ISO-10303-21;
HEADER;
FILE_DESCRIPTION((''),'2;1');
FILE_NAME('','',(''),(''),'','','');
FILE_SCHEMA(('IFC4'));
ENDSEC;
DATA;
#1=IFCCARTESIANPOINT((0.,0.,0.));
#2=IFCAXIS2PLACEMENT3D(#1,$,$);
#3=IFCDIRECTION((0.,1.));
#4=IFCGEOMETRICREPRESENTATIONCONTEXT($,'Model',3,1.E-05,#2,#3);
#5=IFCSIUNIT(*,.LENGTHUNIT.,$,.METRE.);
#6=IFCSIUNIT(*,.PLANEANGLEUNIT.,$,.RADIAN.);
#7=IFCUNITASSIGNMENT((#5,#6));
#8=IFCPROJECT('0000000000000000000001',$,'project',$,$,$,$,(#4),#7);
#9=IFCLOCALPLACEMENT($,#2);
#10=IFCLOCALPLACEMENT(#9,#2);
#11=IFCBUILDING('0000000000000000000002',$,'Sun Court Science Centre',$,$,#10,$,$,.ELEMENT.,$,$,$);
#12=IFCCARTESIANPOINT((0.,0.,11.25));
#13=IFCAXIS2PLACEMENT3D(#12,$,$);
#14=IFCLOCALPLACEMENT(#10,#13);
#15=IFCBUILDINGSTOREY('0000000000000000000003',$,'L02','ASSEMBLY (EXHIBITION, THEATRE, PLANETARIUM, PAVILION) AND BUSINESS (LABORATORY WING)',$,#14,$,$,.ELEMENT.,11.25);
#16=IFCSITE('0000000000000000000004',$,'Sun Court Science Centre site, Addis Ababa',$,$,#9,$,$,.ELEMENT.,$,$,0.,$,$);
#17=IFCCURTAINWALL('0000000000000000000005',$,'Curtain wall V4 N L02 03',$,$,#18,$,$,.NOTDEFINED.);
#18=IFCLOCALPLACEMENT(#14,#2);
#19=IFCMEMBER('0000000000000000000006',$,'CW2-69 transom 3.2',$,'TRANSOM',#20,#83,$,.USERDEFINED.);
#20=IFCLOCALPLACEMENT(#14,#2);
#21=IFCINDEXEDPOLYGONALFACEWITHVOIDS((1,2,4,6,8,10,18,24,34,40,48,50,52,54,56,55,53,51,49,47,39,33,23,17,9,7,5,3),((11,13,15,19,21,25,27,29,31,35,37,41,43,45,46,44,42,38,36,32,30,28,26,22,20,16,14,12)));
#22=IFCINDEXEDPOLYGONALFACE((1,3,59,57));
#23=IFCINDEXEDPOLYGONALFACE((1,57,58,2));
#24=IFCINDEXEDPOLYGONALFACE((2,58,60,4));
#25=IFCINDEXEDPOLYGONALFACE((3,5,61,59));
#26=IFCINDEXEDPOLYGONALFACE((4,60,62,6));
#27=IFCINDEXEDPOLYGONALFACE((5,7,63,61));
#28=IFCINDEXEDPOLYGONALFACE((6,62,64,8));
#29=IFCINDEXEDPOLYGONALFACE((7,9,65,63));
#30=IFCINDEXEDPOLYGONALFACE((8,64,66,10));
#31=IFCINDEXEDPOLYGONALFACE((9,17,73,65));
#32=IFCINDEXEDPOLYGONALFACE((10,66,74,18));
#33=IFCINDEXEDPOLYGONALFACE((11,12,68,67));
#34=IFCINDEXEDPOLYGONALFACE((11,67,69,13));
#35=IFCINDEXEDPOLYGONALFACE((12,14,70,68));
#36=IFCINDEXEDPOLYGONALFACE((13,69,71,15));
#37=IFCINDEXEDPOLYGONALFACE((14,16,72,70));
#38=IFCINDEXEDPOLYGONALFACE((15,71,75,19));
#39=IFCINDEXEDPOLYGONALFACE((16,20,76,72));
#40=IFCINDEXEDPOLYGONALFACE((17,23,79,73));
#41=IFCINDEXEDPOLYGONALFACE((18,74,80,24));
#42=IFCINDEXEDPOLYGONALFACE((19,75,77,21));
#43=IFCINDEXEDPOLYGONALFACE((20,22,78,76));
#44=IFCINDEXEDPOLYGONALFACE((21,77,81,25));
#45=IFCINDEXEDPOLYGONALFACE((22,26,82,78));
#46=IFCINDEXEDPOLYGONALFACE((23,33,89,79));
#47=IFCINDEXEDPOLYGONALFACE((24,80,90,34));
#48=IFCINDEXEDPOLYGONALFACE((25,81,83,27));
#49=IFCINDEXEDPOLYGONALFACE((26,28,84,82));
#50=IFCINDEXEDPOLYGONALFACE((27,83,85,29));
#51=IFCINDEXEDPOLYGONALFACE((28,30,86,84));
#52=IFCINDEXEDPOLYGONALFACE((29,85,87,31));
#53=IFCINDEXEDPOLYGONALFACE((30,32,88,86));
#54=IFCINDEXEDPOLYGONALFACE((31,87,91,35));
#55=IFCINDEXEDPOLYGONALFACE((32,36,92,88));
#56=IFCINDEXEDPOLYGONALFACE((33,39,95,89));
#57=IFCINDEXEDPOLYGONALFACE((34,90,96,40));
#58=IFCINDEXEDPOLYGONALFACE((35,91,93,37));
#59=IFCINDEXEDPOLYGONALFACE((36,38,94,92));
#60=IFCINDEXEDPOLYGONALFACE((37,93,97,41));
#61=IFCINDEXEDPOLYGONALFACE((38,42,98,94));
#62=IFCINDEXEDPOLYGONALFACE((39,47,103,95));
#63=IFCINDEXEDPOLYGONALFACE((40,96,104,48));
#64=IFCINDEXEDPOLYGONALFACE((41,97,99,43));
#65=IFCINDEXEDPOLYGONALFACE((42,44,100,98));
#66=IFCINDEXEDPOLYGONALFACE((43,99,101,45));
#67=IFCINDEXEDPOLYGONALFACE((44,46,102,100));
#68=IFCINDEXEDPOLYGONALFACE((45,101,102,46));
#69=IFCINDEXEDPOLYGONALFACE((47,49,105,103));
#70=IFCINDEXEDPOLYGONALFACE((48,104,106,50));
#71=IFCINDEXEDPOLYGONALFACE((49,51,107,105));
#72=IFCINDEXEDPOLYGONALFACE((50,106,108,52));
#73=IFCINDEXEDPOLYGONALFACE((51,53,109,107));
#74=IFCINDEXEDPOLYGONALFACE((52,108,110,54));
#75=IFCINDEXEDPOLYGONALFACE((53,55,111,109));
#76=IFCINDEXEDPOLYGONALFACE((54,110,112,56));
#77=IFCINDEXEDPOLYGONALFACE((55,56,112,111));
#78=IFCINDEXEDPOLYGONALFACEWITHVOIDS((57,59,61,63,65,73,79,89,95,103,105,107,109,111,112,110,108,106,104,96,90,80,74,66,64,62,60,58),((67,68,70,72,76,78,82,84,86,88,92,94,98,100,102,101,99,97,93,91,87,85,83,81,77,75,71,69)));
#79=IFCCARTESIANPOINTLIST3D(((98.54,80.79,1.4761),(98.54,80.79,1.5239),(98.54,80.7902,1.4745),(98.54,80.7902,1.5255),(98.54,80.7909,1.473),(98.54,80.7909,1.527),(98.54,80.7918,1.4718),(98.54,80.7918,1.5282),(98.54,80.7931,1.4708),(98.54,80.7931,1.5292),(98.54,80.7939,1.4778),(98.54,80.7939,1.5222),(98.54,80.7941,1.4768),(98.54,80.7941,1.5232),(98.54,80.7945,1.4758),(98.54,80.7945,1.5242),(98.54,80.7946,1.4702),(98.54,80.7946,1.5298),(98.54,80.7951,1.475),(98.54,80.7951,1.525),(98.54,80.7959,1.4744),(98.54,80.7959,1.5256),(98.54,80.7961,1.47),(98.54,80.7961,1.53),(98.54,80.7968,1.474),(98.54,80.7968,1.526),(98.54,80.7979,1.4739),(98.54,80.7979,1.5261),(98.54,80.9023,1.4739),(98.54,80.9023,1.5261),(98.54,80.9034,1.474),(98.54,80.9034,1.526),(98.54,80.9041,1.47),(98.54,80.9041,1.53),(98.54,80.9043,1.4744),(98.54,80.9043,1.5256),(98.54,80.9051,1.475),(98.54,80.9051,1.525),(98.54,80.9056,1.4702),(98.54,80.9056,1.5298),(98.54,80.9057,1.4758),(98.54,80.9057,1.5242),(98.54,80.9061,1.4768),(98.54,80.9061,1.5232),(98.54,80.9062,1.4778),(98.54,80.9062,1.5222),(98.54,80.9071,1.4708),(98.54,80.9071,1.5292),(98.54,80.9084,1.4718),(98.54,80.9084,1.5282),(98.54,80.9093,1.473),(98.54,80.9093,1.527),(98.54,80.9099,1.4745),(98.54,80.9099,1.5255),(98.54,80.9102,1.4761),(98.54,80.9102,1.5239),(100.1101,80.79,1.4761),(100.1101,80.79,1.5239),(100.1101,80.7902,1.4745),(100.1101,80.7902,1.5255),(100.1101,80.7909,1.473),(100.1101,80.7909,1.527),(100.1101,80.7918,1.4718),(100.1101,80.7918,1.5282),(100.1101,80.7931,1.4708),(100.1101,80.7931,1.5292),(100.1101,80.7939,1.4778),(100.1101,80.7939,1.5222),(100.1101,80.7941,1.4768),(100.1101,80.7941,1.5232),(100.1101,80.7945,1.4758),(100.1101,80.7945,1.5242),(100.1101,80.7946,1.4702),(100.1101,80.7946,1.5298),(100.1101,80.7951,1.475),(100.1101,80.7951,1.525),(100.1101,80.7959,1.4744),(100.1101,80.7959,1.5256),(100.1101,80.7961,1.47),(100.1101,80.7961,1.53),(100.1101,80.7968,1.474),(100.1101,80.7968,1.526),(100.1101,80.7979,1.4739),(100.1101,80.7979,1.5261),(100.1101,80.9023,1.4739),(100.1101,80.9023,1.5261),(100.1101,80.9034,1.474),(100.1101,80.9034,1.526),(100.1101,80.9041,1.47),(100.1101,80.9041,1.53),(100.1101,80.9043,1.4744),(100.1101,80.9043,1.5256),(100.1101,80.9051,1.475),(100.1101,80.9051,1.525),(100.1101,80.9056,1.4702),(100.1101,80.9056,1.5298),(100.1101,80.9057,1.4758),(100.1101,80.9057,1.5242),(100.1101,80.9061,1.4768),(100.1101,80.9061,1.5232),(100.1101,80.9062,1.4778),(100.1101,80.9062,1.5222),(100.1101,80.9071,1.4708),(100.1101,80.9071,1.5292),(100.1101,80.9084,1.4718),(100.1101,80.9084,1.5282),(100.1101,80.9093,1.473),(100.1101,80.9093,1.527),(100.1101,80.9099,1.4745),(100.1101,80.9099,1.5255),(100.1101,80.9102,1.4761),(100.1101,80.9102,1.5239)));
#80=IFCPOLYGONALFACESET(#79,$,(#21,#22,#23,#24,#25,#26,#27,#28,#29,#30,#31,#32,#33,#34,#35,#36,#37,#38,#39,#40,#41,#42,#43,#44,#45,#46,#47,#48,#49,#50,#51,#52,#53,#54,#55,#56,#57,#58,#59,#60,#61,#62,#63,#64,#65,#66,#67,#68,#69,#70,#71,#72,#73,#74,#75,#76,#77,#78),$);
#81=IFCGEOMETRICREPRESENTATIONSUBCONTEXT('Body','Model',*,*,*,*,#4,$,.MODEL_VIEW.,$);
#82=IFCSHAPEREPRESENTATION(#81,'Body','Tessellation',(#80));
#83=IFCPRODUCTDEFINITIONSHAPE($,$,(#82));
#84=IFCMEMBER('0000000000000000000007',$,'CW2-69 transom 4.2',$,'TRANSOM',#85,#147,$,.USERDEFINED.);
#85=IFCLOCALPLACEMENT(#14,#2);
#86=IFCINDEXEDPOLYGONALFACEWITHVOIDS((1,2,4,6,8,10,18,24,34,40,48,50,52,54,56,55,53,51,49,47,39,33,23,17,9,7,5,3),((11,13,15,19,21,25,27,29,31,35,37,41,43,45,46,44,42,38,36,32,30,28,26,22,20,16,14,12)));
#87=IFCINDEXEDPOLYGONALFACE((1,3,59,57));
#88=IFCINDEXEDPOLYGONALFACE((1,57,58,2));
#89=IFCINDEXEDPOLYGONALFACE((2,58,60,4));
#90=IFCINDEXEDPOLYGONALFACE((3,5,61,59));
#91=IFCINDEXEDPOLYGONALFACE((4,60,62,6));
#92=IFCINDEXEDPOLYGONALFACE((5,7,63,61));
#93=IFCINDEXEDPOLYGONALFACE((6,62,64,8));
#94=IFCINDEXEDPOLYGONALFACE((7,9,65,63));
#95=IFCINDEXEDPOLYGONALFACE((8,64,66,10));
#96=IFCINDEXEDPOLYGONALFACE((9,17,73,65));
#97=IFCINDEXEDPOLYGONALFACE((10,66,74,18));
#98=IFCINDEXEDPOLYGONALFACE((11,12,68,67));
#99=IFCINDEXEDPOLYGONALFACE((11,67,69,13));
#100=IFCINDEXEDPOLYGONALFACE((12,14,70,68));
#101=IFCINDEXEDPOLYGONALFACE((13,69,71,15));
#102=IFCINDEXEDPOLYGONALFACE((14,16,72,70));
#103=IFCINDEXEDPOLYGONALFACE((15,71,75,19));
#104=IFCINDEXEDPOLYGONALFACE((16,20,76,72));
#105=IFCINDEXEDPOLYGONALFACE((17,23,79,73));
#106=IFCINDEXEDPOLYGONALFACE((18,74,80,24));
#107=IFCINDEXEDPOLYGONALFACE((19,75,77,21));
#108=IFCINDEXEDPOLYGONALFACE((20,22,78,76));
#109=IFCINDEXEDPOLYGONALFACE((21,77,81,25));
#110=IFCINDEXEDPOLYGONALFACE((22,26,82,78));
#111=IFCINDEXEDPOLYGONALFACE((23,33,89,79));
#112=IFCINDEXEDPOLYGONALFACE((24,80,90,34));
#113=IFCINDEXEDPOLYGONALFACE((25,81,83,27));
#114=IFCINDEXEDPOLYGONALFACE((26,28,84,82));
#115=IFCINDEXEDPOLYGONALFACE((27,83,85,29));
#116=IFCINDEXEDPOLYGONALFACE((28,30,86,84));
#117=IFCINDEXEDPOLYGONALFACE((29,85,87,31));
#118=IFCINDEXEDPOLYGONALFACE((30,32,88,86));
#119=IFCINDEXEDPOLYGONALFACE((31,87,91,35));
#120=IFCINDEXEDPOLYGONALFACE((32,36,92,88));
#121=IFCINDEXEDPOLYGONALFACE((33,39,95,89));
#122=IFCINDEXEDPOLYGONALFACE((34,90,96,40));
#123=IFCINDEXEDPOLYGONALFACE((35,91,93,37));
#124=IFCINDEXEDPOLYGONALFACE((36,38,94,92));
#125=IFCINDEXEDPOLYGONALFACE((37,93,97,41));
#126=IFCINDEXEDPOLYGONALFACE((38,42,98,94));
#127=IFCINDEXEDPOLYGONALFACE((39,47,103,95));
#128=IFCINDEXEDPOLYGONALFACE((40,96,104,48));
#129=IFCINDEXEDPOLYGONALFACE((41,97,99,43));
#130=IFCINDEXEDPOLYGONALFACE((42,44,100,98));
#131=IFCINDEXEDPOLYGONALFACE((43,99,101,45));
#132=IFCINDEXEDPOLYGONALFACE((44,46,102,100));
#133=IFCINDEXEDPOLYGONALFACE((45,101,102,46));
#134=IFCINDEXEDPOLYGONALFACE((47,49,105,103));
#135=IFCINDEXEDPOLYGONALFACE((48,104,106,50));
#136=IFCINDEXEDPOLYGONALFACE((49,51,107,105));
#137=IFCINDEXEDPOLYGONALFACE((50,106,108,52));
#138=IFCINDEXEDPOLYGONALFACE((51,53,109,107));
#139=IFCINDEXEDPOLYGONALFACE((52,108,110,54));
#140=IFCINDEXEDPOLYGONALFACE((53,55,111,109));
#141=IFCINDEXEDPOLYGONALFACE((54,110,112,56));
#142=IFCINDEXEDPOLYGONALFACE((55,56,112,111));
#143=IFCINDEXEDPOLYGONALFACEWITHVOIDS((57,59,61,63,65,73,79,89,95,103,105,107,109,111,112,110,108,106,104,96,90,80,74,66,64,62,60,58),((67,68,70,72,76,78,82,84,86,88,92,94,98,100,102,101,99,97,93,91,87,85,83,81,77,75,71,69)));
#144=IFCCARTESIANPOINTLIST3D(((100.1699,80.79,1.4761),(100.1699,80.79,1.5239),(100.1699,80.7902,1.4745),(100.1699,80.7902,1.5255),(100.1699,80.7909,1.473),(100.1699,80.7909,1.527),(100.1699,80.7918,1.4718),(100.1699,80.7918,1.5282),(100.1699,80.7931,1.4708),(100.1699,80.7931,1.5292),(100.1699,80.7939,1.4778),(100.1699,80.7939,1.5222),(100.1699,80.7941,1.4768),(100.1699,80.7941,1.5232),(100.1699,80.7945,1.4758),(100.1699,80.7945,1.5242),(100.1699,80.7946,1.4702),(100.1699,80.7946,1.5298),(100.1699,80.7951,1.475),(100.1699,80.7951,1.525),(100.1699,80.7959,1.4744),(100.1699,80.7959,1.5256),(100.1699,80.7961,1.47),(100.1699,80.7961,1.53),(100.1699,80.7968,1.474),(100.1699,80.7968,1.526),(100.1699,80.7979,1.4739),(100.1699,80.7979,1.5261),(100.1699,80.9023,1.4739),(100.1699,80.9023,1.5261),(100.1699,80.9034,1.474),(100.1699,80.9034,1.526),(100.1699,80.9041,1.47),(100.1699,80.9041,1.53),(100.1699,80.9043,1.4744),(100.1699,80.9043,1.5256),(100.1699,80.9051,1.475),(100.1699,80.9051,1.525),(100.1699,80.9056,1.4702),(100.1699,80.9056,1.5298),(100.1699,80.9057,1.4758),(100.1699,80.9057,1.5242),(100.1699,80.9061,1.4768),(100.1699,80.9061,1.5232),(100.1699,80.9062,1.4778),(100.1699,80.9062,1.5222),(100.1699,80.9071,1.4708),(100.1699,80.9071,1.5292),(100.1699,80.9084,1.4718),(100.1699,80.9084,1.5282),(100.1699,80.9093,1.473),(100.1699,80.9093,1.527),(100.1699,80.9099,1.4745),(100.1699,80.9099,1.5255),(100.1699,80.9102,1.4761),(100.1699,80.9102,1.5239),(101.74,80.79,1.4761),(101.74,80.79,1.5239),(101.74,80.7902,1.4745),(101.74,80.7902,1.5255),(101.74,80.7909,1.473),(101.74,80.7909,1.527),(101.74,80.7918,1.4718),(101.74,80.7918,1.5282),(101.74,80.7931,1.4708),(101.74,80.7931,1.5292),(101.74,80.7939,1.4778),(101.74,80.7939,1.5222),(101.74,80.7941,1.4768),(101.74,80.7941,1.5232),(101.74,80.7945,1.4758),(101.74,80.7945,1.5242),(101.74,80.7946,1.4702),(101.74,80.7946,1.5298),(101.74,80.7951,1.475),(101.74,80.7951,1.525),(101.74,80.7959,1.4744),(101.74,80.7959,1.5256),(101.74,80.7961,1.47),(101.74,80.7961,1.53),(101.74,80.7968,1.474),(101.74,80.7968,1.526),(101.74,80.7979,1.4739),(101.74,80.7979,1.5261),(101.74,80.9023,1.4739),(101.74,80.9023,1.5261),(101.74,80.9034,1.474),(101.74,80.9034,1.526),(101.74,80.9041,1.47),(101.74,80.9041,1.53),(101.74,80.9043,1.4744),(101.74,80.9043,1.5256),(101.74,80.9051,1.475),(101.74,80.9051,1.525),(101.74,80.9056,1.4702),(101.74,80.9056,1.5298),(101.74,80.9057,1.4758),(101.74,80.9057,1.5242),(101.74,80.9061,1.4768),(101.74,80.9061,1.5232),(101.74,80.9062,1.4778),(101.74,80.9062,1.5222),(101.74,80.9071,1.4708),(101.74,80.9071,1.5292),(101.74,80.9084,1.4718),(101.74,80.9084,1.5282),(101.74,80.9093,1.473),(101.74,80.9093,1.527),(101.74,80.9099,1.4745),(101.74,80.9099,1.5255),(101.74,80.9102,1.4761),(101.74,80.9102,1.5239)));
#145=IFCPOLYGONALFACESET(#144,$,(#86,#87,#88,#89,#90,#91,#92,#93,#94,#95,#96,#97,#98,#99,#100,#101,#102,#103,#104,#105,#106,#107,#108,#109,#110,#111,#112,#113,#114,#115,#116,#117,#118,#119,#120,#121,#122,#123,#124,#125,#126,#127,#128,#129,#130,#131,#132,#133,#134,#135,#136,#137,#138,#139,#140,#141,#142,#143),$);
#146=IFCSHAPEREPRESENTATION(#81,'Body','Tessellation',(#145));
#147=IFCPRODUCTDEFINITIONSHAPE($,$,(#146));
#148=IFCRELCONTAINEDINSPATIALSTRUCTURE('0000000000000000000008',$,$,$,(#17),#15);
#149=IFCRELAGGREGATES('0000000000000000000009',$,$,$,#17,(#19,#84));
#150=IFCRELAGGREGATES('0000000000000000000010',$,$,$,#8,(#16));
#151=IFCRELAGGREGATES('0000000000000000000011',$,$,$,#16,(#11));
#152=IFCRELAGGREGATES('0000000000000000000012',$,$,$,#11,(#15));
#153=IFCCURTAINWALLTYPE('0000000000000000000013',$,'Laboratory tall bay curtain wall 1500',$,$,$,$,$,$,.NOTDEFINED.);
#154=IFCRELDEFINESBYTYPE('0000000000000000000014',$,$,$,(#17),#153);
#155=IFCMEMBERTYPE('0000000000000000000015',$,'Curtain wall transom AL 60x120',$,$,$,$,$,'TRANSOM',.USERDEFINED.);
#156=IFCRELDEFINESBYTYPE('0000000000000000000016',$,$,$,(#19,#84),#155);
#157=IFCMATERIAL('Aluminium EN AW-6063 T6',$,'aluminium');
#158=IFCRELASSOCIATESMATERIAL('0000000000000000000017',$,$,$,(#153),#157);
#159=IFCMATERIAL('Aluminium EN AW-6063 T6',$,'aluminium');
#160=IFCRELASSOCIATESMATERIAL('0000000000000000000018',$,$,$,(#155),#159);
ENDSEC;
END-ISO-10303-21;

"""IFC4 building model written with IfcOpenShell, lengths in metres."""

from ifc_helpers import new_model, si_unit, direction, frame, origin, origin_2d, place, context, subcontext, project, spatial, hollow_rectangle, extrude, material, material_profile, profile_set, type_object, element, aggregate, save


model = new_model("IFC4")

# Units and contexts
model_context = context("Model", 3, precision=1e-05, world=origin(), true_north=direction((0.0, 1.0)))
body_context = subcontext(model_context, "Body", "Model", "MODEL_VIEW")
ifc_project = project(units=[si_unit("LENGTHUNIT", "METRE"), si_unit("PLANEANGLEUNIT", "RADIAN")], contexts=[model_context])

# Site, building, storey
site_placement = place(None, origin())
site = spatial("IfcSite", under=ifc_project, at=site_placement, Name="Sun Court Science Centre site, Addis Ababa", CompositionType="ELEMENT", RefElevation=0.0)
building_placement = place(site_placement, origin())
building = spatial("IfcBuilding", under=site, at=building_placement, Name="Sun Court Science Centre", CompositionType="ELEMENT")
storey_placement = place(building_placement, frame((0.0, 0.0, 11.25)))
storey = spatial("IfcBuildingStorey", under=building, at=storey_placement, Name="L02", Description="ASSEMBLY (EXHIBITION, THEATRE, PLANETARIUM, PAVILION) AND BUSINESS (LABORATORY WING)", CompositionType="ELEMENT", Elevation=11.25)

# Curtain wall, members
ifc_material_1 = material(Name="Aluminium EN AW-6063 T6", Category="aluminium")
curtain_wall_type = type_object("IfcCurtainWallType", Name="Laboratory tall bay curtain wall 1500", PredefinedType="NOTDEFINED", material=ifc_material_1)
curtain_wall_placement = place(storey_placement, origin())
curtain_wall = element("IfcCurtainWall", 1, at=curtain_wall_placement, inside=storey, type_object=curtain_wall_type, Name="Curtain wall V4 N L02 03", PredefinedType="NOTDEFINED")
ifc_material_2 = material(Name="Aluminium EN AW-6063 T6", Category="aluminium")
ifc_material_profile_1 = material_profile(ifc_material_2, hollow_rectangle(XDim=0.0601, YDim=0.1201, WallThickness=0.0039, InnerFilletRadius=0.0039, OuterFilletRadius=0.0061, at=origin_2d()), Name="AL 60x120x4")
ifc_profile_set_1 = profile_set([ifc_material_profile_1], Name="Aluminium EN AW-6063 T6")
member_type_1 = type_object("IfcMemberType", Name="Curtain wall transom AL 60x120", ElementType="TRANSOM", PredefinedType="USERDEFINED", material=ifc_profile_set_1)
member_1_placement = place(storey_placement, frame((98.54, 80.8501, 1.5), z_axis=(1.0, 0.0, 0.0), x_axis=(0.0, 0.0, 1.0)))
member_1 = element("IfcMember", 2, at=member_1_placement, type_object=member_type_1, Name="CW2-69 transom 3.2", ObjectType="TRANSOM", PredefinedType="USERDEFINED", context=body_context, shape_type="SweptSolid", body=[
    extrude(hollow_rectangle(XDim=0.0601, YDim=0.1201, WallThickness=0.0039, InnerFilletRadius=0.0039, OuterFilletRadius=0.0061, at=origin_2d()), origin(), (0.0, 0.0, 1.0), 1.5701),
])
member_2_placement = place(storey_placement, frame((100.1699, 80.8501, 1.5), z_axis=(1.0, 0.0, 0.0), x_axis=(0.0, 0.0, 1.0)))
member_2 = element("IfcMember", 3, at=member_2_placement, type_object=member_type_1, Name="CW2-69 transom 4.2", ObjectType="TRANSOM", PredefinedType="USERDEFINED", context=body_context, shape_type="SweptSolid", body=[
    extrude(hollow_rectangle(XDim=0.0601, YDim=0.1201, WallThickness=0.0039, InnerFilletRadius=0.0039, OuterFilletRadius=0.0061, at=origin_2d()), origin(), (0.0, 0.0, 1.0), 1.5701),
])
aggregate(curtain_wall, [member_1, member_2])

save(model, "model.ifc")
